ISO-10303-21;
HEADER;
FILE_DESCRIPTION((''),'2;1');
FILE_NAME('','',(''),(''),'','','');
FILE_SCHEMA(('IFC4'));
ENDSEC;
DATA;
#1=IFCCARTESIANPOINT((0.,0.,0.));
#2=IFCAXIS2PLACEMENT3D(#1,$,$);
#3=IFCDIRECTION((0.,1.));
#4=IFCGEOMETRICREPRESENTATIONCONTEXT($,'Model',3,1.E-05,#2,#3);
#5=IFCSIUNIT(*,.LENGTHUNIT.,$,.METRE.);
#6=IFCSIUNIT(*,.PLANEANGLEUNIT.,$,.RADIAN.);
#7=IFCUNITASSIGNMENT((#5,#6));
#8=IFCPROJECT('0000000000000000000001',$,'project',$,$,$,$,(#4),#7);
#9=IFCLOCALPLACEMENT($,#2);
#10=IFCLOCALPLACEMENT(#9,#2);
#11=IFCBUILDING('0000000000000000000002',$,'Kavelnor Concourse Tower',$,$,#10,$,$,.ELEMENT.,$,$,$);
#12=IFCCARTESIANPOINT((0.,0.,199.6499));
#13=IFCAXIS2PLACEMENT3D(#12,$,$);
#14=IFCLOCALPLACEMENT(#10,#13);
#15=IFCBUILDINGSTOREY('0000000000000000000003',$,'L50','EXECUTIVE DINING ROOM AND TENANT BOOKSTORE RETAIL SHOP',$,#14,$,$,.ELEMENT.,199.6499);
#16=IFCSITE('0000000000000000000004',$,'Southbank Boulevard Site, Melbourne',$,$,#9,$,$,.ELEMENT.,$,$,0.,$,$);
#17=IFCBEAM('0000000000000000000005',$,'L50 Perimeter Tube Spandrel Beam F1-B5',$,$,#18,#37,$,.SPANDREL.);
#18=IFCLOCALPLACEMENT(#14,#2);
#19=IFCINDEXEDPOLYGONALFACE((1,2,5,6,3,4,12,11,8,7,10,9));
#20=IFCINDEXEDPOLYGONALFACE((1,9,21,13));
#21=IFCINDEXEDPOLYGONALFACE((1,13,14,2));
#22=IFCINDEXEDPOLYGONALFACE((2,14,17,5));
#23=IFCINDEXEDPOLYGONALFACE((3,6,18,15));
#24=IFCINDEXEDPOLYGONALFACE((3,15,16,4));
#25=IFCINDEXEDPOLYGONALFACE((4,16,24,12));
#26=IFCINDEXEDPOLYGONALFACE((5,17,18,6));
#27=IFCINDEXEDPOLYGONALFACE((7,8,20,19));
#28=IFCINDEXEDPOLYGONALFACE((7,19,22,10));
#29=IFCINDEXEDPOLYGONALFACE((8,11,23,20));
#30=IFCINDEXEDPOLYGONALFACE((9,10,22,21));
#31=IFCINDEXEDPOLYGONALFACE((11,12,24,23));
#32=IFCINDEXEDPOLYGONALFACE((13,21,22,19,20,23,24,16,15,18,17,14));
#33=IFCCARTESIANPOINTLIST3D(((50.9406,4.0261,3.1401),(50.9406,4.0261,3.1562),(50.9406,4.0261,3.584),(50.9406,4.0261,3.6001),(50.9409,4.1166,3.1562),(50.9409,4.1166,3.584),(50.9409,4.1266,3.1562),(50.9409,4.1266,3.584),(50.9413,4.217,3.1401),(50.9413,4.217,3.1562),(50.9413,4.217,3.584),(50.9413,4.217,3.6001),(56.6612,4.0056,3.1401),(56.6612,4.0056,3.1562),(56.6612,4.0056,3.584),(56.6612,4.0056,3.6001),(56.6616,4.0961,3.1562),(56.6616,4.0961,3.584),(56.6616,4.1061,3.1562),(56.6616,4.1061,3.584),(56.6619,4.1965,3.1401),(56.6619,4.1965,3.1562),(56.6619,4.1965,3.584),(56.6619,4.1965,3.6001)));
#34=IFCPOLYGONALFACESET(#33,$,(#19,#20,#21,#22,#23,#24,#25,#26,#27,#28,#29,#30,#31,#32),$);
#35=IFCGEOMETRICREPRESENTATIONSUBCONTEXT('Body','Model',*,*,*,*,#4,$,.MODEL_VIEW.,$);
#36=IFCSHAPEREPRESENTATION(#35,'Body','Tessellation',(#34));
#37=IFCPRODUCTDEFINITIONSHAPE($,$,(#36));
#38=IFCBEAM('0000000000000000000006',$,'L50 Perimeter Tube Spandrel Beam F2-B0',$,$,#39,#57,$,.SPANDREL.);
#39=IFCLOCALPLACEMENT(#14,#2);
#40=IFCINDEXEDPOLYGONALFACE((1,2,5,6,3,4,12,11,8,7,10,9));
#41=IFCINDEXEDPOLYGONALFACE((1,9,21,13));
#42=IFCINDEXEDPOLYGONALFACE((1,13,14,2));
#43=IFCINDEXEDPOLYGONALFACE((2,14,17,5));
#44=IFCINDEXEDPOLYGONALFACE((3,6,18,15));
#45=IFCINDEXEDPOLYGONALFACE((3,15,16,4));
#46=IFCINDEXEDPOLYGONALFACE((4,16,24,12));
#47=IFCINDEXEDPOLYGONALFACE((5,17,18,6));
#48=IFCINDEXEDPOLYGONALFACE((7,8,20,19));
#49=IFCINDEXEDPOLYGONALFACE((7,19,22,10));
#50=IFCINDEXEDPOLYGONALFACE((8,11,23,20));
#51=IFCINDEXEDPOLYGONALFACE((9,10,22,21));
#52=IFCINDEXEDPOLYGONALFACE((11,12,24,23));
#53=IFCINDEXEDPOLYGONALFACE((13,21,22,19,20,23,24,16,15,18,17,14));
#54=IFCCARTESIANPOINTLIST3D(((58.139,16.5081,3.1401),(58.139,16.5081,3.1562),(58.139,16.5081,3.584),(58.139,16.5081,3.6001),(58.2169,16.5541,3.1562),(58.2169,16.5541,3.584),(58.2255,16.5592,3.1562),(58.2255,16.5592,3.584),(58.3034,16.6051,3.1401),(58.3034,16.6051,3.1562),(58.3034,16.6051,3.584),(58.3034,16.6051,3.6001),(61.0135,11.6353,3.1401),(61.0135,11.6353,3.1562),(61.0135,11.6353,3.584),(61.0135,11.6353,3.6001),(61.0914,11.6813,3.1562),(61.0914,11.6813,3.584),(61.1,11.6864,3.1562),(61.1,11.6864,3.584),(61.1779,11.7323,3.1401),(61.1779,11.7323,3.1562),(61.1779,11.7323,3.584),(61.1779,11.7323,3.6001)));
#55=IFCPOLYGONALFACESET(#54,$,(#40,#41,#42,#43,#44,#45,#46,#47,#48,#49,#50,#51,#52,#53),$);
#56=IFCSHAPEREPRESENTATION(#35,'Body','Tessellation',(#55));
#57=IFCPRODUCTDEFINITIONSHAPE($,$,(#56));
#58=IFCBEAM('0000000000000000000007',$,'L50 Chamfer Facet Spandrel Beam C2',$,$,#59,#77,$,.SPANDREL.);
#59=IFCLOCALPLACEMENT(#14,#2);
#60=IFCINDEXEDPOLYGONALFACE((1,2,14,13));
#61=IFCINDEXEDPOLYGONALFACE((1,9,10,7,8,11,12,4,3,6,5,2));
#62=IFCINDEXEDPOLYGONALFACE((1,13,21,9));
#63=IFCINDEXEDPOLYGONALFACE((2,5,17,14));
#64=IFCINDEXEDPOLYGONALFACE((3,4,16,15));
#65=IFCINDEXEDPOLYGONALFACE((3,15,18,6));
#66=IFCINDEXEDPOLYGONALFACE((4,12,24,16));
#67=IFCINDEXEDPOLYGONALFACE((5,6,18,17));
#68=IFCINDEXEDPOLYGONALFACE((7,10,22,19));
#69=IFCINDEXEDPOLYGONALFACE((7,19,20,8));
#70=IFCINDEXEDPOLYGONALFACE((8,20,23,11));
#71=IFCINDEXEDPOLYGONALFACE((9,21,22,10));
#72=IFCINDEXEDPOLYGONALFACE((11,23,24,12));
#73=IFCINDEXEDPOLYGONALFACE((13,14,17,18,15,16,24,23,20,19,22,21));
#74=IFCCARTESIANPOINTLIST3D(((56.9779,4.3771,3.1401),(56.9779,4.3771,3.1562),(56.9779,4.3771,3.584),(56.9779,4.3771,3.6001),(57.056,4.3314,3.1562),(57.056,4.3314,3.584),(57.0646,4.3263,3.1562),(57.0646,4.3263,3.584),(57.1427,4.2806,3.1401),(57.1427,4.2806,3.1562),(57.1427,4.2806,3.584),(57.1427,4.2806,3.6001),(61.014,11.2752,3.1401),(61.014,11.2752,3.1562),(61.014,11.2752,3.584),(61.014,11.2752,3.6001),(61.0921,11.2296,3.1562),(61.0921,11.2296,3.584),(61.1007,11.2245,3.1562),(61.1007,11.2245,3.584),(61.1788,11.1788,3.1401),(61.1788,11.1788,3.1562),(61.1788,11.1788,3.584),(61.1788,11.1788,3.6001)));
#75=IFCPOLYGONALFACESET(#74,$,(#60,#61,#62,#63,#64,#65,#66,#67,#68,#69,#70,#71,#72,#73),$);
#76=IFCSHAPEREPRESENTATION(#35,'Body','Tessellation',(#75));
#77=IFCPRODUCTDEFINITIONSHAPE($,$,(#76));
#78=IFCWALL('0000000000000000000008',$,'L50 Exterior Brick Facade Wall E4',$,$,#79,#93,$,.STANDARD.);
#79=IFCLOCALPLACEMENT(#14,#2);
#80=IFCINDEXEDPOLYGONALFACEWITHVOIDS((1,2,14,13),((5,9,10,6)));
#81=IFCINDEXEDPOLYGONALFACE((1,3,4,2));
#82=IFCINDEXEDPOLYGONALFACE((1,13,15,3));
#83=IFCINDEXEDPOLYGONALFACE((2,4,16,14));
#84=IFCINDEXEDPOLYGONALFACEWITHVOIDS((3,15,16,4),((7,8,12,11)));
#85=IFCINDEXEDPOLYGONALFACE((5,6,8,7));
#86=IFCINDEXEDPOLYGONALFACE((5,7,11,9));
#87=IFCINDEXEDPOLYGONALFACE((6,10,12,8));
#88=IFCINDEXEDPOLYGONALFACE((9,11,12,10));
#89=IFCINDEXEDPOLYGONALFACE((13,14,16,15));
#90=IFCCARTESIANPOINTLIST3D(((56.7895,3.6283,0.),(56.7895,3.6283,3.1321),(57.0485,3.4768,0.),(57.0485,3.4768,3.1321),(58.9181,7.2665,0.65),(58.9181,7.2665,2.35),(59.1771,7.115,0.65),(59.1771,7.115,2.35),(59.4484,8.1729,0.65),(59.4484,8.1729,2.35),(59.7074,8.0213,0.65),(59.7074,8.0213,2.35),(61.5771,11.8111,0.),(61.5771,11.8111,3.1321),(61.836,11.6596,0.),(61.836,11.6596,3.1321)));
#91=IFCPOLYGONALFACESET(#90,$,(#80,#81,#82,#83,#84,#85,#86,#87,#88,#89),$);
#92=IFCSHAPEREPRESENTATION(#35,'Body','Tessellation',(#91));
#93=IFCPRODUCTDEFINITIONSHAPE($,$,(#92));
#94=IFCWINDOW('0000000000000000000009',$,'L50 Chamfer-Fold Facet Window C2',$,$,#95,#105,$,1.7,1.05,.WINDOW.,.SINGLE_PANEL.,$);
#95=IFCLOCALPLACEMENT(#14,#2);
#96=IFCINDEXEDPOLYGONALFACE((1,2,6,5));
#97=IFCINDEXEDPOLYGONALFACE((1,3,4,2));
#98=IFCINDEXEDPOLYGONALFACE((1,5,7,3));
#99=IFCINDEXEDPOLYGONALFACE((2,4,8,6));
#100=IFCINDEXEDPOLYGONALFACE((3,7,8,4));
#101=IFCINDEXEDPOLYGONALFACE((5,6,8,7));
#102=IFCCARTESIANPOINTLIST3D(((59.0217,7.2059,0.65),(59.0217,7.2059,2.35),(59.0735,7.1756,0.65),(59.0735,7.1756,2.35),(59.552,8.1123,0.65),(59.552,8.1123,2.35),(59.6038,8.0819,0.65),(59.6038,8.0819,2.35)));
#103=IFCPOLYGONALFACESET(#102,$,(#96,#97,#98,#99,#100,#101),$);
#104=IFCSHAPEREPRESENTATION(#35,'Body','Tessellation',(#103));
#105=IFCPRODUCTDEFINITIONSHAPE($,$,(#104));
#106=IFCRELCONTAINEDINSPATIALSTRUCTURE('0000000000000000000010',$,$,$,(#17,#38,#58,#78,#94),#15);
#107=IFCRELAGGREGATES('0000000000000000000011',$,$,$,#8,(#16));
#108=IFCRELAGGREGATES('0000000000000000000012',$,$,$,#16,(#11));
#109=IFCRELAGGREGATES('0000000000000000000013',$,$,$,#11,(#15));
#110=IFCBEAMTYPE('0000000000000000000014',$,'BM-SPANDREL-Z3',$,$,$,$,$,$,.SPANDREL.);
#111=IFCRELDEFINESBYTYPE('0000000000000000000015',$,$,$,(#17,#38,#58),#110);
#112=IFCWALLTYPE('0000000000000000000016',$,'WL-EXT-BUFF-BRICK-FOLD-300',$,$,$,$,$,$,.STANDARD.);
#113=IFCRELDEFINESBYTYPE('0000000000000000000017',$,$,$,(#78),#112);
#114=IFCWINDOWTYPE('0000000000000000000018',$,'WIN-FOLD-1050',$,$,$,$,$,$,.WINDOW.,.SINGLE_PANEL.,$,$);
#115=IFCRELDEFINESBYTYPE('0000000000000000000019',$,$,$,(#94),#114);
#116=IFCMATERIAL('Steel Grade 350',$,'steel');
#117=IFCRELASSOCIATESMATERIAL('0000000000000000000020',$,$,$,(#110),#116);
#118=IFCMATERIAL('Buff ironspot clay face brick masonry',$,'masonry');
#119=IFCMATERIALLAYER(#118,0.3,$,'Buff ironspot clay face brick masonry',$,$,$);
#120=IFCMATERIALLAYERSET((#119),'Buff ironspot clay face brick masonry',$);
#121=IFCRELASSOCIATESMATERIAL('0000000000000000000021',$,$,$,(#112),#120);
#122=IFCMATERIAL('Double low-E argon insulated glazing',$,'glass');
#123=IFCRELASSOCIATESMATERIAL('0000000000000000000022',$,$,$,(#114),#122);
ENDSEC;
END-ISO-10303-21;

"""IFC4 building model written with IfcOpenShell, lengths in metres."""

from ifc_helpers import new_model, si_unit, direction, frame, frame_2d, origin, origin_2d, place, context, subcontext, project, spatial, rectangle, i_section, extrude, material, layer, layer_set, material_profile, profile_set, type_object, element, fill, save


model = new_model("IFC4")

# Units and contexts
model_context = context("Model", 3, precision=1e-05, world=origin(), true_north=direction((0.0, 1.0)))
body_context = subcontext(model_context, "Body", "Model", "MODEL_VIEW")
ifc_project = project(units=[si_unit("LENGTHUNIT", "METRE"), si_unit("PLANEANGLEUNIT", "RADIAN")], contexts=[model_context])

# Site, building, storey
site_placement = place(None, origin())
site = spatial("IfcSite", under=ifc_project, at=site_placement, Name="Southbank Boulevard Site, Melbourne", CompositionType="ELEMENT", RefElevation=0.0)
building_placement = place(site_placement, origin())
building = spatial("IfcBuilding", under=site, at=building_placement, Name="Kavelnor Concourse Tower", CompositionType="ELEMENT")
storey_placement = place(building_placement, frame((0.0, 0.0, 199.6499)))
storey = spatial("IfcBuildingStorey", under=building, at=storey_placement, Name="L50", Description="EXECUTIVE DINING ROOM AND TENANT BOOKSTORE RETAIL SHOP", CompositionType="ELEMENT", Elevation=199.6499)

# Shared definitions
ifc_material_1 = material(Name="Steel Grade 350", Category="steel")

# Beams
ifc_material_profile_1 = material_profile(ifc_material_1, i_section(OverallWidth=0.1909, OverallDepth=0.46, WebThickness=0.01, FlangeThickness=0.0161, at=origin_2d()), Name="460UB82")
ifc_profile_set_1 = profile_set([ifc_material_profile_1], Name="Steel Grade 350")
beam_type_1 = type_object("IfcBeamType", Name="BM-SPANDREL-Z3", PredefinedType="SPANDREL", material=ifc_profile_set_1)
beam_1_placement = place(storey_placement, frame((50.9409, 4.1216, 3.3701), z_axis=(0.999994, -0.003585, 0.0), x_axis=(0.003585, 0.999994, 0.0)))
element("IfcBeam", 1, at=beam_1_placement, inside=storey, type_object=beam_type_1, Name="L50 Perimeter Tube Spandrel Beam F1-B5", PredefinedType="SPANDREL", context=body_context, shape_type="SweptSolid", body=[
    extrude(i_section(OverallWidth=0.1909, OverallDepth=0.46, WebThickness=0.01, FlangeThickness=0.0161, at=origin_2d()), origin(), (0.0, 0.0, 1.0), 5.7207),
])
beam_2_placement = place(storey_placement, frame((61.0957, 11.6838, 3.3701), z_axis=(-0.508091, 0.861303, 0.0), x_axis=(-0.861303, -0.508091, 0.0)))
element("IfcBeam", 2, at=beam_2_placement, inside=storey, type_object=beam_type_1, Name="L50 Perimeter Tube Spandrel Beam F2-B0", PredefinedType="SPANDREL", context=body_context, shape_type="SweptSolid", body=[
    extrude(i_section(OverallWidth=0.1909, OverallDepth=0.46, WebThickness=0.01, FlangeThickness=0.0161, at=origin_2d()), origin(), (0.0, 0.0, 1.0), 5.6575),
])
beam_3_placement = place(storey_placement, frame((57.0603, 4.3289, 3.3701), z_axis=(0.505008, 0.863114, 0.0), x_axis=(-0.863114, 0.505008, 0.0)))
element("IfcBeam", 3, at=beam_3_placement, inside=storey, type_object=beam_type_1, Name="L50 Chamfer Facet Spandrel Beam C2", PredefinedType="SPANDREL", context=body_context, shape_type="SweptSolid", body=[
    extrude(i_section(OverallWidth=0.1909, OverallDepth=0.46, WebThickness=0.01, FlangeThickness=0.0161, at=origin_2d()), origin(), (0.0, 0.0, 1.0), 7.9922),
])

# Wall, opening, window
ifc_material_2 = material(Name="Buff ironspot clay face brick masonry", Category="masonry")
ifc_layer_1 = layer(ifc_material_2, 0.3, Name="Buff ironspot clay face brick masonry")
ifc_layer_set_1 = layer_set([ifc_layer_1], Name="Buff ironspot clay face brick masonry")
wall_type_1 = type_object("IfcWallType", Name="WL-EXT-BUFF-BRICK-FOLD-300", PredefinedType="STANDARD", material=ifc_layer_set_1)
wall_1_placement = place(storey_placement, frame((61.7065, 11.7354, 0.0), z_axis=(0.0, 0.0, 1.0), x_axis=(-0.504993, -0.863123, 0.0)))
wall_1 = element("IfcWall", 4, at=wall_1_placement, inside=storey, type_object=wall_type_1, Name="L50 Exterior Brick Facade Wall E4", PredefinedType="STANDARD", context=body_context, shape_type="SweptSolid", body=[
    extrude(rectangle(XDim=9.4805, YDim=0.3, at=frame_2d((4.7402, 0.0))), origin(), (0.0, 0.0, 1.0), 3.1321),
])
opening_1_placement = place(wall_1_placement, frame((4.2153, 0.0, 0.6499)))
opening_1 = element("IfcOpeningElement", 5, at=opening_1_placement, cuts=wall_1, PredefinedType="OPENING", context=body_context, shape_type="SweptSolid", body=[
    extrude(rectangle(XDim=1.05, YDim=1.7, at=frame_2d((0.5249, 0.8501))), frame((0.0, 0.1602, 0.0), z_axis=(0.0, -1.0, 0.0), x_axis=(1.0, 0.0, 0.0)), (0.0, 0.0, 1.0), 0.3201),
])
ifc_material_3 = material(Name="Double low-E argon insulated glazing", Category="glass")
window_type_1 = type_object("IfcWindowType", Name="WIN-FOLD-1050", PartitioningType="SINGLE_PANEL", PredefinedType="WINDOW", material=ifc_material_3)
window_1_placement = place(opening_1_placement, origin())
window_1 = element("IfcWindow", 6, at=window_1_placement, inside=storey, type_object=window_type_1, Name="L50 Chamfer-Fold Facet Window C2", OverallHeight=1.7, OverallWidth=1.05, PartitioningType="SINGLE_PANEL", PredefinedType="WINDOW", context=body_context, shape_type="SweptSolid", body=[
    extrude(rectangle(XDim=1.05, YDim=1.7, at=frame_2d((0.5249, 0.8501))), frame((0.0, 0.03, 0.0), z_axis=(0.0, -1.0, 0.0), x_axis=(1.0, 0.0, 0.0)), (0.0, 0.0, 1.0), 0.0601),
])
fill(opening_1, window_1)

save(model, "model.ifc")
